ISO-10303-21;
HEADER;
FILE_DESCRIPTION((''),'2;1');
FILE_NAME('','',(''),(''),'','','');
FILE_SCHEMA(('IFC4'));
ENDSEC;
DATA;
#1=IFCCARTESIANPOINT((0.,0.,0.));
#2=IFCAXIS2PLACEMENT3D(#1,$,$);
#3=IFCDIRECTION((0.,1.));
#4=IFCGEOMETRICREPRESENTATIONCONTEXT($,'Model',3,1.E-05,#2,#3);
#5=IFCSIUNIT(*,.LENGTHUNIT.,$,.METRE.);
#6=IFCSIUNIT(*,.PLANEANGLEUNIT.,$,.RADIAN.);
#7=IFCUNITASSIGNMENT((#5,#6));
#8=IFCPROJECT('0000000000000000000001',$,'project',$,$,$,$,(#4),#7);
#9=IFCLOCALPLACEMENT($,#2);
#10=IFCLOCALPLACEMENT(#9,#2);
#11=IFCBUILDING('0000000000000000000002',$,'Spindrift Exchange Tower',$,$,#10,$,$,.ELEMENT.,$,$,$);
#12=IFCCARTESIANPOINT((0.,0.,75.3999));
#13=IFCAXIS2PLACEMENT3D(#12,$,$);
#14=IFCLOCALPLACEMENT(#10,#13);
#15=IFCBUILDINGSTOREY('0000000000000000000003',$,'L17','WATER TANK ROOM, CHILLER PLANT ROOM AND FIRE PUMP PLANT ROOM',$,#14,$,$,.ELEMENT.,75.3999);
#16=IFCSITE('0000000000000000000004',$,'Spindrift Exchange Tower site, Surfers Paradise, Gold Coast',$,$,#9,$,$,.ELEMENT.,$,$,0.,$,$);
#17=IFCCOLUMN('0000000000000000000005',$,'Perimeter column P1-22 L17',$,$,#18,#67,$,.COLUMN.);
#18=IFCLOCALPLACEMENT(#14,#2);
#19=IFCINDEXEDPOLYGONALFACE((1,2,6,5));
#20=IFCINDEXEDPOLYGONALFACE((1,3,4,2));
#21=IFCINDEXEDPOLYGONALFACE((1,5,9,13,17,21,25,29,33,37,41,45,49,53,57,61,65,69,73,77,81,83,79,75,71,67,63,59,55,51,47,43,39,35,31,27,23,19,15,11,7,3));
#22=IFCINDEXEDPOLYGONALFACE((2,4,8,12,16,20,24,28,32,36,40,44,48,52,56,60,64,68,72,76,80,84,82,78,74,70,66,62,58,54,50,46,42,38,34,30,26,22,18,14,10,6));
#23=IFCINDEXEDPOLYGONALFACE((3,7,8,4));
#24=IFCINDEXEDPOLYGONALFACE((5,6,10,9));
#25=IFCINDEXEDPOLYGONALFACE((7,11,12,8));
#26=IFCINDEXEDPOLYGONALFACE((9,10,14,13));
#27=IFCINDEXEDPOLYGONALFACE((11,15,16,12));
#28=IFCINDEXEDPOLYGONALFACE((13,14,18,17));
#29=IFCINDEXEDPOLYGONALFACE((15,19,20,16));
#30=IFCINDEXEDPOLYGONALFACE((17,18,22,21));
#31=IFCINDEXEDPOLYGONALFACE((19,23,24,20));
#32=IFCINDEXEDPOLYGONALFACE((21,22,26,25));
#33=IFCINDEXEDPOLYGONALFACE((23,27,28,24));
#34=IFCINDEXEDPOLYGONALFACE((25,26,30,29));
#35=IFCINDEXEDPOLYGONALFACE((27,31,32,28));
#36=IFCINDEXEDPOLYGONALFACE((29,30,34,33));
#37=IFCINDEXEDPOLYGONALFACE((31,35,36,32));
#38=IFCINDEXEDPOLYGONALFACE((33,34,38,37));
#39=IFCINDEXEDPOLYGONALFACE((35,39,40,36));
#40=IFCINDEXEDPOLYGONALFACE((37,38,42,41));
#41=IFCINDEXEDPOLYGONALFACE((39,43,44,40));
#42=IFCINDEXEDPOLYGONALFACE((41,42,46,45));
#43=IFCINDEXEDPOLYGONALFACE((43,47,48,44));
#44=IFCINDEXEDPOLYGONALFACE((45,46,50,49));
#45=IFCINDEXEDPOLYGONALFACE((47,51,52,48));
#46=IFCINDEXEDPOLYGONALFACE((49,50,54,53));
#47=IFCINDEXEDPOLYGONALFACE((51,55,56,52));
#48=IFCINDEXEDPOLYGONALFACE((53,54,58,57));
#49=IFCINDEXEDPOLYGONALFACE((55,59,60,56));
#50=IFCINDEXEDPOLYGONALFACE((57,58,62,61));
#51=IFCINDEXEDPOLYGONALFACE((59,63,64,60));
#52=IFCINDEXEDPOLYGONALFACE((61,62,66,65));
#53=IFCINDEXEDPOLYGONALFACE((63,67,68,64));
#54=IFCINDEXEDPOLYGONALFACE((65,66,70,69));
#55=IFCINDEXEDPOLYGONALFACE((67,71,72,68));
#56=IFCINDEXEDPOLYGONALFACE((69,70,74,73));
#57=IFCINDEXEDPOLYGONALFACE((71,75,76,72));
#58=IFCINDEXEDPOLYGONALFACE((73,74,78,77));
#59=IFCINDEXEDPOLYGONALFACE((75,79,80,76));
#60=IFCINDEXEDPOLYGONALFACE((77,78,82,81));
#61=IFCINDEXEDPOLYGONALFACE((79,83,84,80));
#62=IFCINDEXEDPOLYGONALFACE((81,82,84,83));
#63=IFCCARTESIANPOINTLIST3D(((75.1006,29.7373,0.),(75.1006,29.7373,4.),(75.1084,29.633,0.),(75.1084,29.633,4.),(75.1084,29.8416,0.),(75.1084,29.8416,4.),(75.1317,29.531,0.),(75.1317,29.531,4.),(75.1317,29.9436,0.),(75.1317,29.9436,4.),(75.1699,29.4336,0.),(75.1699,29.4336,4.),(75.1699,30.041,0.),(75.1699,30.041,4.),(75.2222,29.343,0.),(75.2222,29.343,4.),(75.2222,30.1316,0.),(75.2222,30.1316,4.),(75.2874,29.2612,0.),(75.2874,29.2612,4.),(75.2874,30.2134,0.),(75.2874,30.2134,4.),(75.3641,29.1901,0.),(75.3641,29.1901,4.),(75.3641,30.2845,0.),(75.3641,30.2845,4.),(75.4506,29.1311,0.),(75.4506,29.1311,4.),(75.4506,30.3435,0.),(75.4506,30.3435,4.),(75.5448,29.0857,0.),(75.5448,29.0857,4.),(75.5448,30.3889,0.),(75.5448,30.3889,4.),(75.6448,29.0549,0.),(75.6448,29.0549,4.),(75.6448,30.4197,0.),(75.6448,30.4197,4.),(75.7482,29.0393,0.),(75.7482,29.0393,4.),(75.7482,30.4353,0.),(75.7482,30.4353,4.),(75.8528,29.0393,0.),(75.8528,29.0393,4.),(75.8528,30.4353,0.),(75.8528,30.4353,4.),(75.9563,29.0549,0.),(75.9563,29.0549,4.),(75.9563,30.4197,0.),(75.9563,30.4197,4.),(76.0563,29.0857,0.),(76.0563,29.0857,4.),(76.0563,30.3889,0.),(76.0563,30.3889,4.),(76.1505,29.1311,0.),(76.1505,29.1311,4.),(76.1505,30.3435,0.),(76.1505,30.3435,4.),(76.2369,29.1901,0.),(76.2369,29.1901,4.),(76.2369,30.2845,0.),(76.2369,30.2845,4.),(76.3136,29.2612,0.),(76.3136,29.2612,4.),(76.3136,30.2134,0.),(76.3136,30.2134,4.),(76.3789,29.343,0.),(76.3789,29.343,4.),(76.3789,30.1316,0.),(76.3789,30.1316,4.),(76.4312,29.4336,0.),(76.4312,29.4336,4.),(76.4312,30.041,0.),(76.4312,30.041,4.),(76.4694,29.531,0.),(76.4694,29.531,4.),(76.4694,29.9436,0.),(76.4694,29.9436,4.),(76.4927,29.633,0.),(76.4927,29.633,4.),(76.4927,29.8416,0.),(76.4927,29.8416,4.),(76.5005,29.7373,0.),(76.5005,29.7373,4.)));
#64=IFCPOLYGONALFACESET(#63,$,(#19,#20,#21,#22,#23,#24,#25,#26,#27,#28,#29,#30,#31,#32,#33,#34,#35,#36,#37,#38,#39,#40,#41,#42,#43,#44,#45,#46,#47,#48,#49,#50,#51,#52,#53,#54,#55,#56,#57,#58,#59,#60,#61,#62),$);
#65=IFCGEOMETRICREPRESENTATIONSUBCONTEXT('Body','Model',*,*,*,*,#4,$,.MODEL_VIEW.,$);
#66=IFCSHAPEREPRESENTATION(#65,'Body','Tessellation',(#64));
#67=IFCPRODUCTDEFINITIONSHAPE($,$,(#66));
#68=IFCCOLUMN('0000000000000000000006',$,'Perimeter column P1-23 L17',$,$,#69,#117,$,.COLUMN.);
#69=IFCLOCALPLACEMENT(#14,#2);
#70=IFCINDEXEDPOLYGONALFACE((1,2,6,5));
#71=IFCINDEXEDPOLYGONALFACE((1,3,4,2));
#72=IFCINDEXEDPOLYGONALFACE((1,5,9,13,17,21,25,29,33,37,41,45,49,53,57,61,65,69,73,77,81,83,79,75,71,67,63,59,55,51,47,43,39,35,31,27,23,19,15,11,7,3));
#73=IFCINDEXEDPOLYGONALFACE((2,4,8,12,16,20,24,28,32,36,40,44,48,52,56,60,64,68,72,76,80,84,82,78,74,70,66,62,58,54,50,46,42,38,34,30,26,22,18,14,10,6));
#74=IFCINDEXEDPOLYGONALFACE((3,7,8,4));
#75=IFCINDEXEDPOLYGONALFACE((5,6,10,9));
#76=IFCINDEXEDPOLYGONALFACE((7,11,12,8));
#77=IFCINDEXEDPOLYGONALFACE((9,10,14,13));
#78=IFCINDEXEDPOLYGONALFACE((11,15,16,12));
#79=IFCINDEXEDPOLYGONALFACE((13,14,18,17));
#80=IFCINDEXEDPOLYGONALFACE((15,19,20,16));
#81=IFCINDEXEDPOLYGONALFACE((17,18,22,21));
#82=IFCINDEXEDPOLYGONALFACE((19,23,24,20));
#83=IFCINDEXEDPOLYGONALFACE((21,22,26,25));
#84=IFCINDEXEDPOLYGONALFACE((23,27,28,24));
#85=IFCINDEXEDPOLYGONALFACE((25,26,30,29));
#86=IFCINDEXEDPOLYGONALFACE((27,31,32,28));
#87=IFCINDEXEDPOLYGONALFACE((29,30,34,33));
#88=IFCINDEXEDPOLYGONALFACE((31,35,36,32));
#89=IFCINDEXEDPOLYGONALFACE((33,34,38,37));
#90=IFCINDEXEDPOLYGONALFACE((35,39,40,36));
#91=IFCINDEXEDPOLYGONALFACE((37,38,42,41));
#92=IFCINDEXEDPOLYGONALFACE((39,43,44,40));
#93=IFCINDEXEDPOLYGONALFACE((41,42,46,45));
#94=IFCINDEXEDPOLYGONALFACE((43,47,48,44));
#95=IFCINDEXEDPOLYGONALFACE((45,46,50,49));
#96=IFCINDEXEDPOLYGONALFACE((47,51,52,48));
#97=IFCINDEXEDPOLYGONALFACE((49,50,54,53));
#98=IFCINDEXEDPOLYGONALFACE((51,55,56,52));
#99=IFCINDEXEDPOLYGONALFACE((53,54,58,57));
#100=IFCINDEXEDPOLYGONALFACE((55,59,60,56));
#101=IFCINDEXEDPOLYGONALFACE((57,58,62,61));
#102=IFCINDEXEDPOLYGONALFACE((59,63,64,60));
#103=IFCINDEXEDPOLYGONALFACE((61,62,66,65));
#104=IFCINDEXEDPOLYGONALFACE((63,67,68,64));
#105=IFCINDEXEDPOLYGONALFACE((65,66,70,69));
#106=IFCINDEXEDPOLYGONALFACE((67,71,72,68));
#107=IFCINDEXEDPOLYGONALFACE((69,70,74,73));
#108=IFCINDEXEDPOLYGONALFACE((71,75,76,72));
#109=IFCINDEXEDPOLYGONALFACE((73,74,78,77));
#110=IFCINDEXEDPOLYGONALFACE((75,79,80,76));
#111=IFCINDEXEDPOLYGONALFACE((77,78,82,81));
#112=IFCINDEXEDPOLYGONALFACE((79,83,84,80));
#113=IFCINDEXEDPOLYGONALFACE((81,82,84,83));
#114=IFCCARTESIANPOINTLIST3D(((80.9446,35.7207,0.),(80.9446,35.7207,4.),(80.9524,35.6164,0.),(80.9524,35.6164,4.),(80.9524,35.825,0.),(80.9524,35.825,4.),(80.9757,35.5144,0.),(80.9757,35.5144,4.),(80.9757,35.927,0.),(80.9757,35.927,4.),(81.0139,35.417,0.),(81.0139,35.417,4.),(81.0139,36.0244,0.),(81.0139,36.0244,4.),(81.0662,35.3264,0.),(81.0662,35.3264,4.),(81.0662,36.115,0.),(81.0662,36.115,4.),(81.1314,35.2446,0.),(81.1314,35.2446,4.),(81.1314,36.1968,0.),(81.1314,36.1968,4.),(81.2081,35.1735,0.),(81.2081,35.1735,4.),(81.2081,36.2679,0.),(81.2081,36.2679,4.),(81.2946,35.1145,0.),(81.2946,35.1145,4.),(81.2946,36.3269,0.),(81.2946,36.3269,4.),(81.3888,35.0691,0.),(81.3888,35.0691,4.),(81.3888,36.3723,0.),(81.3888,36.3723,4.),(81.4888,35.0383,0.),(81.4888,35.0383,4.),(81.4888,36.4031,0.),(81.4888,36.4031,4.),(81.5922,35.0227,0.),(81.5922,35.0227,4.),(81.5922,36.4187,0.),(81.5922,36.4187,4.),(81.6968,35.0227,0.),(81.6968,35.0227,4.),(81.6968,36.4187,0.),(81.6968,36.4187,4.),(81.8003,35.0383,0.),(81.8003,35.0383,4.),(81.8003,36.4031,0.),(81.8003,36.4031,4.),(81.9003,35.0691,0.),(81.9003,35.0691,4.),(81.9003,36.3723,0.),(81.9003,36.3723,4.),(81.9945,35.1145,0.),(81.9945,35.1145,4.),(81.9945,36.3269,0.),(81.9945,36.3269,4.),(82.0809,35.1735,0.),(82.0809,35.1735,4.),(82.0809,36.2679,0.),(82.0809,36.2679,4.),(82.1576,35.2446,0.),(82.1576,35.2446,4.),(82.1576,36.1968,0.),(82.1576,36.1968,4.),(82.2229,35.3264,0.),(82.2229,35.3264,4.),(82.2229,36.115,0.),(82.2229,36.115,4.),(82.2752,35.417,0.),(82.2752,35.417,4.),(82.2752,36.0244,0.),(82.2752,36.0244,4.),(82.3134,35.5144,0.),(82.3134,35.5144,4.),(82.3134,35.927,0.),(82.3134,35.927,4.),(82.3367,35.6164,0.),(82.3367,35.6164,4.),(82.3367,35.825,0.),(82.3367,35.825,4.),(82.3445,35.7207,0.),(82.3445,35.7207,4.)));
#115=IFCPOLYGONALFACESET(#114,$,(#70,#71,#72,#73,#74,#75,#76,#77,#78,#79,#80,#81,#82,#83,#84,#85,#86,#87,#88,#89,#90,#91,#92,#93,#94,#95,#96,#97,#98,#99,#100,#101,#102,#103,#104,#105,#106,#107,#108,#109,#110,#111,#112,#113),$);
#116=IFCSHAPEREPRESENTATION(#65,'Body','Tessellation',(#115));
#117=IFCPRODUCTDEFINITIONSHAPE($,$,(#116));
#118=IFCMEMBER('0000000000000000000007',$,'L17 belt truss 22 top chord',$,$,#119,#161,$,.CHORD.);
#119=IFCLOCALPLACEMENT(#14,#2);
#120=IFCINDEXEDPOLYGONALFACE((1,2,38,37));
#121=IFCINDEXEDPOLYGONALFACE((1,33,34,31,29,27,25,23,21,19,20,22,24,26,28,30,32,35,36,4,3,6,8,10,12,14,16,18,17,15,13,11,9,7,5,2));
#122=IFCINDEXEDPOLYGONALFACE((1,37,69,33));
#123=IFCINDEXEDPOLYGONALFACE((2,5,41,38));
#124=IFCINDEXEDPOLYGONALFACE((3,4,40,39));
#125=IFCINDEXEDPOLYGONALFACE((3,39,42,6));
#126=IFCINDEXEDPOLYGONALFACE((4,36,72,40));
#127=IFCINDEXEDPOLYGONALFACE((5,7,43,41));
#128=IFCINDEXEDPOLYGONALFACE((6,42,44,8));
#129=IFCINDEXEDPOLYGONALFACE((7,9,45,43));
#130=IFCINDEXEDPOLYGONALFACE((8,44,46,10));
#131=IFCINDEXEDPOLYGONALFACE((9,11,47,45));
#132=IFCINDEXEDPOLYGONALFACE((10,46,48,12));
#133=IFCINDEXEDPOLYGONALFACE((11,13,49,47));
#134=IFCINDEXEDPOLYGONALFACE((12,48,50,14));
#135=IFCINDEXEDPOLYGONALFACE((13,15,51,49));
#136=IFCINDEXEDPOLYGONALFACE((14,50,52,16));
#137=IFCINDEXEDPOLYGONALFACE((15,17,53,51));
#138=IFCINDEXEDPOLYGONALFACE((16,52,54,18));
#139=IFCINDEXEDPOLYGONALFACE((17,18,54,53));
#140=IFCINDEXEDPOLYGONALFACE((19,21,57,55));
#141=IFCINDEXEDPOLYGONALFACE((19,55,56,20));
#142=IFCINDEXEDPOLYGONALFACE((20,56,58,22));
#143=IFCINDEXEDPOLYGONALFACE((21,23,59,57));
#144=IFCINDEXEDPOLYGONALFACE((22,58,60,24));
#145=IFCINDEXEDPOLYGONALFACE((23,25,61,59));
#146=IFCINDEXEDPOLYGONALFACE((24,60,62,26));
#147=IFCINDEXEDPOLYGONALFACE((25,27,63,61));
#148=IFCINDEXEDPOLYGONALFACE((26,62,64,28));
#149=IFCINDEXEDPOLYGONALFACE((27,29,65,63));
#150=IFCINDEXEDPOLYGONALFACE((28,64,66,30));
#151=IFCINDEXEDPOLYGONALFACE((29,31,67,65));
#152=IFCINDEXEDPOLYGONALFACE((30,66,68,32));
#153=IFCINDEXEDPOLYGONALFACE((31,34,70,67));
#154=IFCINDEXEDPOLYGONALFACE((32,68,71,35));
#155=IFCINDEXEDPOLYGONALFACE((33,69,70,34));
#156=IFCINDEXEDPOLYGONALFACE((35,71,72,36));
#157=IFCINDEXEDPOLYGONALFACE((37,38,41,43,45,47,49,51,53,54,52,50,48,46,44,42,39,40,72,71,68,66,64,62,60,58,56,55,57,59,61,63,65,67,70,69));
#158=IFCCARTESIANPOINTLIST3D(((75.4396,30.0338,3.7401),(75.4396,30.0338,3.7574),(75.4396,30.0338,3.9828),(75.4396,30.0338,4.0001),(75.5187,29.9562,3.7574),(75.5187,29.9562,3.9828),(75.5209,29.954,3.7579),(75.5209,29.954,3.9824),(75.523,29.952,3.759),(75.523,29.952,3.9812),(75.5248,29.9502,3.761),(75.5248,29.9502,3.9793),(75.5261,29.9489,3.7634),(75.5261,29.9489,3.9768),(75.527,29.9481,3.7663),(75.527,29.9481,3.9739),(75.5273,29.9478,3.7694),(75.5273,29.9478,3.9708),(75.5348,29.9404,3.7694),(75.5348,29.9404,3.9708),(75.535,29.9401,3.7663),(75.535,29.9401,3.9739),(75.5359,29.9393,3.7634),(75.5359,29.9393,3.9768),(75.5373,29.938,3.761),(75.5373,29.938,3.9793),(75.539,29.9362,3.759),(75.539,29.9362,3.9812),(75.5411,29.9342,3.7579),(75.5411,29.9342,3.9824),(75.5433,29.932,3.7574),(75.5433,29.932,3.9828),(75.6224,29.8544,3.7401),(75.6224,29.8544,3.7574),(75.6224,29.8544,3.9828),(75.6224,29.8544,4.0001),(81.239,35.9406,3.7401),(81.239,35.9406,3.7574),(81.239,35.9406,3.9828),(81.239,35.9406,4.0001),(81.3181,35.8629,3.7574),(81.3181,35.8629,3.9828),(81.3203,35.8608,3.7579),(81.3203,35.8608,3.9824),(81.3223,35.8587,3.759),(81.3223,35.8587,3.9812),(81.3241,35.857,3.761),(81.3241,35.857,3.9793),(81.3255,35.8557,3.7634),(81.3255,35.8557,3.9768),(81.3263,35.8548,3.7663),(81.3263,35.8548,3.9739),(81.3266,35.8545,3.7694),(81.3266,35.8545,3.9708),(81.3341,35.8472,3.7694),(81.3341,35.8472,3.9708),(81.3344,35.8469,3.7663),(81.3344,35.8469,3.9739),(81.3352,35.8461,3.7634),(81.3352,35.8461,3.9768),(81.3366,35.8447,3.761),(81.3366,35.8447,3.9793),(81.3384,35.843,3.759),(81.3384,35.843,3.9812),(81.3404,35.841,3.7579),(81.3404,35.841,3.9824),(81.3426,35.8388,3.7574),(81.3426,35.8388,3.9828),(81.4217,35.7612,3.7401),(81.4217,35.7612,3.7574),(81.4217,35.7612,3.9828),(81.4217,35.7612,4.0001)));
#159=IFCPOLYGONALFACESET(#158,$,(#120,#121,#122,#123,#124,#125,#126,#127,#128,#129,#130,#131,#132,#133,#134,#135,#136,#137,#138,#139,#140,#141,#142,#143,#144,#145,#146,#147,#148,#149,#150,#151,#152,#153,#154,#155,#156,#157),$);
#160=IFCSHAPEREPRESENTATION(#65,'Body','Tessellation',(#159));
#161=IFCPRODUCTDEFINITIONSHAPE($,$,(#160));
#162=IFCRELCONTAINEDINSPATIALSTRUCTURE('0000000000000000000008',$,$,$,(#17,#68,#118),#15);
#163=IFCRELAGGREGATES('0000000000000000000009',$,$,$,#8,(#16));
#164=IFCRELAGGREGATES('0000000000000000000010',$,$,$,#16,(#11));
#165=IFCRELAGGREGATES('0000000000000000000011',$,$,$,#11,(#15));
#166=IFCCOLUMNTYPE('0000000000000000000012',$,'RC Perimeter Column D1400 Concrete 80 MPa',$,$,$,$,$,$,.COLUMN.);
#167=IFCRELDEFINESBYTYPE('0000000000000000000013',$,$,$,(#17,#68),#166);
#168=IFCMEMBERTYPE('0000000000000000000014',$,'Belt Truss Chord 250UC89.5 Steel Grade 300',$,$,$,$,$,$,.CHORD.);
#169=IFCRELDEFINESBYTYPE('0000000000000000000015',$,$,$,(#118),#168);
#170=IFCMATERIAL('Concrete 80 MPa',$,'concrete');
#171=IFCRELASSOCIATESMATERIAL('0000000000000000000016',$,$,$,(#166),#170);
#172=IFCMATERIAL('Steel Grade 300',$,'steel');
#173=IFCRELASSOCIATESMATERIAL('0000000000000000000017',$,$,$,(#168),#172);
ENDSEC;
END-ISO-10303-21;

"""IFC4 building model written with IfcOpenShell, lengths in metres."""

from ifc_helpers import new_model, si_unit, direction, frame, origin, origin_2d, place, context, subcontext, project, spatial, circle, i_section, extrude, source, transform, mapped, material, material_profile, profile_set, type_object, element, save


model = new_model("IFC4")

# Units and contexts
model_context = context("Model", 3, precision=1e-05, world=origin(), true_north=direction((0.0, 1.0)))
body_context = subcontext(model_context, "Body", "Model", "MODEL_VIEW")
ifc_project = project(units=[si_unit("LENGTHUNIT", "METRE"), si_unit("PLANEANGLEUNIT", "RADIAN")], contexts=[model_context])

# Site, building, storey
site_placement = place(None, origin())
site = spatial("IfcSite", under=ifc_project, at=site_placement, Name="Spindrift Exchange Tower site, Surfers Paradise, Gold Coast", CompositionType="ELEMENT", RefElevation=0.0)
building_placement = place(site_placement, origin())
building = spatial("IfcBuilding", under=site, at=building_placement, Name="Spindrift Exchange Tower", CompositionType="ELEMENT")
storey_placement = place(building_placement, frame((0.0, 0.0, 75.3999)))
storey = spatial("IfcBuildingStorey", under=building, at=storey_placement, Name="L17", Description="WATER TANK ROOM, CHILLER PLANT ROOM AND FIRE PUMP PLANT ROOM", CompositionType="ELEMENT", Elevation=75.3999)

# Columns
ifc_material_1 = material(Name="Concrete 80 MPa", Category="concrete")
ifc_material_profile_1 = material_profile(ifc_material_1, circle(Radius=0.7, at=origin_2d()), Name="RC D1400")
ifc_profile_set_1 = profile_set([ifc_material_profile_1], Name="Concrete 80 MPa")
column_type = type_object("IfcColumnType", Name="RC Perimeter Column D1400 Concrete 80 MPa", PredefinedType="COLUMN", material=ifc_profile_set_1)
shared_shape_1 = source(origin(), body_context, "Body", "SweptSolid", [
    extrude(circle(Radius=0.7, at=origin_2d()), origin(), (0.0, 0.0, 1.0), 4.0),
])
for number, where, z_axis, x_axis, name in (
    (1, (75.8005, 29.7373, 0.0), (0.0, 0.0, 1.0), (1.0, 0.0, 0.0), "Perimeter column P1-22 L17"),
    (2, (81.6445, 35.7207, 0.0), (0.0, 0.0, 1.0), (1.0, 0.0, 0.0), "Perimeter column P1-23 L17"),
):
    element("IfcColumn", number, at=place(storey_placement, frame(where, z_axis=z_axis, x_axis=x_axis)), inside=storey, type_object=column_type, Name=name, PredefinedType="COLUMN", context=body_context, shape_type="MappedRepresentation", body=[
        mapped(shared_shape_1, transform((0.0, 0.0, 0.0), scale=1.0)),
    ])

# Member
ifc_material_2 = material(Name="Steel Grade 300", Category="steel")
ifc_material_profile_2 = material_profile(ifc_material_2, i_section(OverallWidth=0.2561, OverallDepth=0.26, WebThickness=0.0105, FlangeThickness=0.0173, FilletRadius=0.012, at=origin_2d()), Name="250UC89.5")
ifc_profile_set_2 = profile_set([ifc_material_profile_2], Name="Steel Grade 300")
member_type_1 = type_object("IfcMemberType", Name="Belt Truss Chord 250UC89.5 Steel Grade 300", PredefinedType="CHORD", material=ifc_profile_set_2)
shared_shape_2 = source(origin(), body_context, "Body", "SweptSolid", [
    extrude(i_section(OverallWidth=0.2561, OverallDepth=0.26, WebThickness=0.0105, FlangeThickness=0.0173, FilletRadius=0.012, at=origin_2d()), origin(), (0.0, 0.0, 1.0), 8.2778),
])
for number, where, z_axis, x_axis, name in (
    (3, (75.531, 29.9441, 3.8701), (0.700588, 0.713566, 0.0), (-0.713566, 0.700588, 0.0), "L17 belt truss 22 top chord"),
):
    element("IfcMember", number, at=place(storey_placement, frame(where, z_axis=z_axis, x_axis=x_axis)), inside=storey, type_object=member_type_1, Name=name, PredefinedType="CHORD", context=body_context, shape_type="MappedRepresentation", body=[
        mapped(shared_shape_2, transform((0.0, 0.0, 0.0), scale=1.0)),
    ])

save(model, "model.ifc")
